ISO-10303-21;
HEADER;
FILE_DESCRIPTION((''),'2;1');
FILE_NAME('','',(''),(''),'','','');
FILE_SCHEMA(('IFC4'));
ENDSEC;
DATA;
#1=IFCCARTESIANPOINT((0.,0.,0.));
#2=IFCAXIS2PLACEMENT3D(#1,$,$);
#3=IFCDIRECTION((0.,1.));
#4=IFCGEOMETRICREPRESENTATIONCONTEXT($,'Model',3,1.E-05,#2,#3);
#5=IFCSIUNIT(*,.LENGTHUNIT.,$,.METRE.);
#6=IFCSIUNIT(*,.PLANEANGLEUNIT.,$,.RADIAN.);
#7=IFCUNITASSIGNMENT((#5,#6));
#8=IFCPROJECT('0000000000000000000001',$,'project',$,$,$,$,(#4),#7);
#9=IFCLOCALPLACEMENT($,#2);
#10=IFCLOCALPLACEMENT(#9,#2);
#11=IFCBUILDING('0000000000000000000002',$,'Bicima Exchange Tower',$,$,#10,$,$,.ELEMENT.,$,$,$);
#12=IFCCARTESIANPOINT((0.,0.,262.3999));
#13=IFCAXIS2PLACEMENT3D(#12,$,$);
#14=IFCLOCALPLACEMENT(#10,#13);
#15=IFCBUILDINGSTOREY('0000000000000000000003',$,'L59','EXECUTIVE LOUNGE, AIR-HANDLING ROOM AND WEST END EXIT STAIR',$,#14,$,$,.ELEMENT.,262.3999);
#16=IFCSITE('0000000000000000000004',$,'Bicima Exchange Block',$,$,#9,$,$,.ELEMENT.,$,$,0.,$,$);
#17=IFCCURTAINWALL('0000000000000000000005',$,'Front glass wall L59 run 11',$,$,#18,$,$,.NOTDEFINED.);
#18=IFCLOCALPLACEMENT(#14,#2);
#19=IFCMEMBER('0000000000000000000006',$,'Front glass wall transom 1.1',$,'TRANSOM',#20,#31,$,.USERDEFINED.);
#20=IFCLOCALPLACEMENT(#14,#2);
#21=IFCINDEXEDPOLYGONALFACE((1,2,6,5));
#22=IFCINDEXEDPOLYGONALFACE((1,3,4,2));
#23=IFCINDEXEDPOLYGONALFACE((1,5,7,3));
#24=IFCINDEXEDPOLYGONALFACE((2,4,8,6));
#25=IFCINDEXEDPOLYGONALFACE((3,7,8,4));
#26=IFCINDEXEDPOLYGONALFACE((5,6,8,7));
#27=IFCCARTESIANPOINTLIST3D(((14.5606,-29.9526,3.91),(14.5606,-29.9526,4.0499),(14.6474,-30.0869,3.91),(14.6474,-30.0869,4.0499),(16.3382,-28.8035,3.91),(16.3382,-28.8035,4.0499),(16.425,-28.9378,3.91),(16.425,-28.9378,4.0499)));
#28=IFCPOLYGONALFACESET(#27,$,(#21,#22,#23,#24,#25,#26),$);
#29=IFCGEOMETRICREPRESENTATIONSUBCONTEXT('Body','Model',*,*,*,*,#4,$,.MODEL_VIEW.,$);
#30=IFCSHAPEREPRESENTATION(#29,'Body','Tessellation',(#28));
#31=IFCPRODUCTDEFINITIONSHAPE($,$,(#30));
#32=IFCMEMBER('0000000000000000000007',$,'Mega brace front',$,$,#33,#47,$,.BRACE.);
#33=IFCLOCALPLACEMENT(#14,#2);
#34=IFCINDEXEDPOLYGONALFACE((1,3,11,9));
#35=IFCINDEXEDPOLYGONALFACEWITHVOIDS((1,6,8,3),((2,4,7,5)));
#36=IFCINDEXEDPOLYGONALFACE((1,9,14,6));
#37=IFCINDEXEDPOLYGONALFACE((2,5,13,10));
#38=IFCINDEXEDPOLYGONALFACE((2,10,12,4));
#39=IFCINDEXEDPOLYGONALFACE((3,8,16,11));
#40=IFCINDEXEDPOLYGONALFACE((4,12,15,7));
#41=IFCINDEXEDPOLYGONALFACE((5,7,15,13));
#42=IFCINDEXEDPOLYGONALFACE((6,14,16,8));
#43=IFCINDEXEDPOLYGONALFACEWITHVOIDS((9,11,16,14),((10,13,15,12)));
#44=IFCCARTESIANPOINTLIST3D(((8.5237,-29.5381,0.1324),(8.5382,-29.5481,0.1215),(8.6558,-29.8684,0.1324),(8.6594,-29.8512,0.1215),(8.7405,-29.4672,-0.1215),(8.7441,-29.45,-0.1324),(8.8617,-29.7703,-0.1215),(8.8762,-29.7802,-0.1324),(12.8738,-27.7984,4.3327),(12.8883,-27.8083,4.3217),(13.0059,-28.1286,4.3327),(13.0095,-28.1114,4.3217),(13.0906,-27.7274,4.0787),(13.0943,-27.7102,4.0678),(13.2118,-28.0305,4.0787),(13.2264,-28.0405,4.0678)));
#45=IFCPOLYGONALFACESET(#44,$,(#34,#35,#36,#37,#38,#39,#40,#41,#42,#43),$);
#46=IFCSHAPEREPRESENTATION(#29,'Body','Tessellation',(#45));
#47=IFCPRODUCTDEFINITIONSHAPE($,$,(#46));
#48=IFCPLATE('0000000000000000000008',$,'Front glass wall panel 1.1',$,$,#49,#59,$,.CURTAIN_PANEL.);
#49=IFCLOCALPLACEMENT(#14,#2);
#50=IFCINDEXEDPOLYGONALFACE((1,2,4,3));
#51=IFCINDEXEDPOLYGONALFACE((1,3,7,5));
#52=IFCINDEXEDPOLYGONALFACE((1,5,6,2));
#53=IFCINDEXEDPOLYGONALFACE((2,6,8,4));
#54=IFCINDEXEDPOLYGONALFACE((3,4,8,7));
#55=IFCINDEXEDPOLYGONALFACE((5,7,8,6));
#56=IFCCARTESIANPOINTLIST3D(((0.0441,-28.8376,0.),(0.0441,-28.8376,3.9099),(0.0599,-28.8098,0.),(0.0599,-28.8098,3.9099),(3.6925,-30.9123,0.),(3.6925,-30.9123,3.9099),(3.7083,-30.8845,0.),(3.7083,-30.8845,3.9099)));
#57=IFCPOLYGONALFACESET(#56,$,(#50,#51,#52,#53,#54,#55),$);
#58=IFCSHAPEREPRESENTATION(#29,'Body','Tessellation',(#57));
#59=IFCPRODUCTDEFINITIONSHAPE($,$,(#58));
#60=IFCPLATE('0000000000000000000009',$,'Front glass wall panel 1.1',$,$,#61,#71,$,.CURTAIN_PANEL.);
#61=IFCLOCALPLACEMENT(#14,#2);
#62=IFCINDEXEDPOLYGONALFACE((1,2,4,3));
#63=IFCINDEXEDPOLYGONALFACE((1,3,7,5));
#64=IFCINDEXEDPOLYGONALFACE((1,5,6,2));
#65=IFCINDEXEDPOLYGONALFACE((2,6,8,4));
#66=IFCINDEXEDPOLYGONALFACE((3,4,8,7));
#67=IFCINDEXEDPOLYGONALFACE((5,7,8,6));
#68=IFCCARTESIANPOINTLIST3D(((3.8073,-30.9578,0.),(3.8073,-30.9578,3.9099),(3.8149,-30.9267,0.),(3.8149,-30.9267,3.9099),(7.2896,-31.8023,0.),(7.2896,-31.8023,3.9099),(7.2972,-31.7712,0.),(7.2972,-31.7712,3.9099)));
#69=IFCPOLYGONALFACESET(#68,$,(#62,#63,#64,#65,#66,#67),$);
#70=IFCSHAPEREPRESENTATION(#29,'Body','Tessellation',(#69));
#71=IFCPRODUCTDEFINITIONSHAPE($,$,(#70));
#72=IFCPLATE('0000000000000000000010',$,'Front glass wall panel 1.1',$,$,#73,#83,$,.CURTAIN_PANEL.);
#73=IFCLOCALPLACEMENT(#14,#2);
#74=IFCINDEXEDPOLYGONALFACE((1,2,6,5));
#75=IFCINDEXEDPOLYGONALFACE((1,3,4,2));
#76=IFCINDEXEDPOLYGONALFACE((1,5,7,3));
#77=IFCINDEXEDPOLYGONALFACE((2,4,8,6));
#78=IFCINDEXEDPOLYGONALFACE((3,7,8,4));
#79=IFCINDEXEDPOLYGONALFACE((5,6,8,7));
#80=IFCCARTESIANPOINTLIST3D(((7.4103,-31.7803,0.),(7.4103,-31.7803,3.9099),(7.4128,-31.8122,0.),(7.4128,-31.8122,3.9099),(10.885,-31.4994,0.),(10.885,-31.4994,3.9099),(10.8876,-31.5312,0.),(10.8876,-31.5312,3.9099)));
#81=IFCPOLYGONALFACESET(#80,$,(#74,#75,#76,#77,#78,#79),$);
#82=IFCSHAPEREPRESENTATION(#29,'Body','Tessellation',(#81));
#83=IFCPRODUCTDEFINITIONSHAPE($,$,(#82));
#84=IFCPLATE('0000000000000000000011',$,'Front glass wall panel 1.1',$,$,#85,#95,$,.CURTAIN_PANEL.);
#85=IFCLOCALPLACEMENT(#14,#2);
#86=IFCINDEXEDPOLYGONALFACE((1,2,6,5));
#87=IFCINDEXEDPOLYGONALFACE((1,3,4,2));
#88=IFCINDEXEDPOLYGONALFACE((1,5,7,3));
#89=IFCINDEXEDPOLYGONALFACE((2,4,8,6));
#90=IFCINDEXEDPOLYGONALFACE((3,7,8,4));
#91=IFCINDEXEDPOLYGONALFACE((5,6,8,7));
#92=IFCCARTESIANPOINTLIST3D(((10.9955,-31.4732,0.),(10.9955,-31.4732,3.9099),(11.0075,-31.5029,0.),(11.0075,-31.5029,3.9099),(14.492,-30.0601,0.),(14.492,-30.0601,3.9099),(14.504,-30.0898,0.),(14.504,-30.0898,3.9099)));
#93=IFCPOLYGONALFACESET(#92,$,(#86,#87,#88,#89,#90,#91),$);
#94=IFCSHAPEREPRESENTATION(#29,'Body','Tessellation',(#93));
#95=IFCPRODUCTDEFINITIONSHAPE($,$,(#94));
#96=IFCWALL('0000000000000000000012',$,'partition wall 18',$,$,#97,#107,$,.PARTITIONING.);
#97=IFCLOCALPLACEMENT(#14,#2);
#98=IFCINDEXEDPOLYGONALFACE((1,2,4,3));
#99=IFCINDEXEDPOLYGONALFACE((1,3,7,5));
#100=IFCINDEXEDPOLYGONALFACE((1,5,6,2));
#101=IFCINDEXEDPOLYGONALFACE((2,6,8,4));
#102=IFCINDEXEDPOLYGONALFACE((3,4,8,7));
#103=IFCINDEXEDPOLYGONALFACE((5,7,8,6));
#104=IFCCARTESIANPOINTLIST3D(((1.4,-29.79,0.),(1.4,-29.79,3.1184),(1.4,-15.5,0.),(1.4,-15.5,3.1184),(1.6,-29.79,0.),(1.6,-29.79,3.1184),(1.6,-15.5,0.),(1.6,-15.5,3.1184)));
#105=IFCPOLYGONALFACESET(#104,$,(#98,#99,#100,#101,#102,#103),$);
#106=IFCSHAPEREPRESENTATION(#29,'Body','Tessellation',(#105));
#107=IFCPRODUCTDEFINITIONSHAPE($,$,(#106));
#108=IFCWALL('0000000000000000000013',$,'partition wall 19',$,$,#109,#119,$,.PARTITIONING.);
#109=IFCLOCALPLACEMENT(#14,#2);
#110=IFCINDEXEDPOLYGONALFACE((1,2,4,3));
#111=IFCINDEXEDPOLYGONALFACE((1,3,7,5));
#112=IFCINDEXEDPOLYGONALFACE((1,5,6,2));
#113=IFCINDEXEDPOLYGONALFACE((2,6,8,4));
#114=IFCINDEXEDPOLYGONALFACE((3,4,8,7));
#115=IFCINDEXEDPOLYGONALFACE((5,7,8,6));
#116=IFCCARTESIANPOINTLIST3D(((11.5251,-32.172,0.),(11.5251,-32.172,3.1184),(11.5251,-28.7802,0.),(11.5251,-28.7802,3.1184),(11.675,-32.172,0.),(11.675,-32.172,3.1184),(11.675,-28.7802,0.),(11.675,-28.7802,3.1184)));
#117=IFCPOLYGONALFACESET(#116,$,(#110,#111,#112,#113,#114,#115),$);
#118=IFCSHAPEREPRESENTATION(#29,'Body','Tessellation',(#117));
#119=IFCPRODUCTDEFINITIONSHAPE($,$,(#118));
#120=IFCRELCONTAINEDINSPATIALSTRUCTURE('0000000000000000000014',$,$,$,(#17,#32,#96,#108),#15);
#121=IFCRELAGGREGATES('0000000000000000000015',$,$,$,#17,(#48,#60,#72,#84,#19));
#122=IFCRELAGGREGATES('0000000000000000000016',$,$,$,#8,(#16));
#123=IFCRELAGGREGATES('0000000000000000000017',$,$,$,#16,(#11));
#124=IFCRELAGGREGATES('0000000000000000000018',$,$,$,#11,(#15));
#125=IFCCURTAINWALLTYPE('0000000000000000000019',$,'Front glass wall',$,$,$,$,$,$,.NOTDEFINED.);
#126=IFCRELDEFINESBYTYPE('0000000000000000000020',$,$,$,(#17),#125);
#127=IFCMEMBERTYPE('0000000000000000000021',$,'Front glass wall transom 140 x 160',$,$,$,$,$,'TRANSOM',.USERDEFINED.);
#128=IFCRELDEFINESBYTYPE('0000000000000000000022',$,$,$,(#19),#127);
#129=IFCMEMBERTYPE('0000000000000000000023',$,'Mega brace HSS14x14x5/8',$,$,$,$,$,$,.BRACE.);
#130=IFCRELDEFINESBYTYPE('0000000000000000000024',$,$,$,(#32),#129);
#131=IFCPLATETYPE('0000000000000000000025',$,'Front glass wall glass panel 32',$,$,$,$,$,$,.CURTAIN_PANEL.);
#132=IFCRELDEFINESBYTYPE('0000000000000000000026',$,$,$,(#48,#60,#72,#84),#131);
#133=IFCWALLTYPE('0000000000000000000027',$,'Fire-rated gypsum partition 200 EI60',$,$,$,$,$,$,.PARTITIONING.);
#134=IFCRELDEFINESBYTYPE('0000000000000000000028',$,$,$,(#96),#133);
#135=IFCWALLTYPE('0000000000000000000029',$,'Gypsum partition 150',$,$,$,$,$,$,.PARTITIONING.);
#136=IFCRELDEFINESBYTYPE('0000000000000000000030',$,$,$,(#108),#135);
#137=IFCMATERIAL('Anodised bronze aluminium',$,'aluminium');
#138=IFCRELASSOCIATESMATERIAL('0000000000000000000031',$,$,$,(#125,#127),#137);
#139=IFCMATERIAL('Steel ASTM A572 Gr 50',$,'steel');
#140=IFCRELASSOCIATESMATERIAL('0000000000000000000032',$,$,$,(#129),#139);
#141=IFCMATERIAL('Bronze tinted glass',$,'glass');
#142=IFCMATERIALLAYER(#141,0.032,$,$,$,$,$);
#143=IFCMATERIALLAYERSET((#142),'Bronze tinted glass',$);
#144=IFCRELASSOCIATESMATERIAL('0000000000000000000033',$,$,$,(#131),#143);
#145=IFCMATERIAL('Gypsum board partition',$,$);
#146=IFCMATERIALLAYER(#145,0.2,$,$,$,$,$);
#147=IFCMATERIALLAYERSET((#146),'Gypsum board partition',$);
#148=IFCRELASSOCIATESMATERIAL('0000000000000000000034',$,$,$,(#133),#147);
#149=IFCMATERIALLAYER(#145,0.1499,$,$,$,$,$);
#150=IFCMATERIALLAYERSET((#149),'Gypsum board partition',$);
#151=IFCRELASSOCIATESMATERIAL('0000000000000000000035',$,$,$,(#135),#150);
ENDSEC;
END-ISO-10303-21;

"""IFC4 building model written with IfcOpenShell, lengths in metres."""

from ifc_helpers import new_model, si_unit, direction, frame, frame_2d, origin, origin_2d, place, context, subcontext, project, spatial, rectangle, hollow_rectangle, extrude, material, layer, layer_set, material_profile, profile_set, type_object, element, aggregate, save


model = new_model("IFC4")

# Units and contexts
model_context = context("Model", 3, precision=1e-05, world=origin(), true_north=direction((0.0, 1.0)))
body_context = subcontext(model_context, "Body", "Model", "MODEL_VIEW")
ifc_project = project(units=[si_unit("LENGTHUNIT", "METRE"), si_unit("PLANEANGLEUNIT", "RADIAN")], contexts=[model_context])

# Site, building, storey
site_placement = place(None, origin())
site = spatial("IfcSite", under=ifc_project, at=site_placement, Name="Bicima Exchange Block", CompositionType="ELEMENT", RefElevation=0.0)
building_placement = place(site_placement, origin())
building = spatial("IfcBuilding", under=site, at=building_placement, Name="Bicima Exchange Tower", CompositionType="ELEMENT")
storey_placement = place(building_placement, frame((0.0, 0.0, 262.3999)))
storey = spatial("IfcBuildingStorey", under=building, at=storey_placement, Name="L59", Description="EXECUTIVE LOUNGE, AIR-HANDLING ROOM AND WEST END EXIT STAIR", CompositionType="ELEMENT", Elevation=262.3999)

# Shared definitions
ifc_material_1 = material(Name="Steel ASTM A572 Gr 50", Category="steel")

# Curtain wall, member
ifc_material_2 = material(Name="Anodised bronze aluminium", Category="aluminium")
curtain_wall_type = type_object("IfcCurtainWallType", Name="Front glass wall", PredefinedType="NOTDEFINED", material=ifc_material_2)
curtain_wall_placement = place(storey_placement, origin())
curtain_wall = element("IfcCurtainWall", 1, at=curtain_wall_placement, inside=storey, type_object=curtain_wall_type, Name="Front glass wall L59 run 11", PredefinedType="NOTDEFINED")
ifc_material_profile_1 = material_profile(ifc_material_2, rectangle(XDim=0.1599, YDim=0.1399, at=origin_2d()))
ifc_profile_set_1 = profile_set([ifc_material_profile_1], Name="Anodised bronze aluminium")
member_type_1 = type_object("IfcMemberType", Name="Front glass wall transom 140 x 160", ElementType="TRANSOM", PredefinedType="USERDEFINED", material=ifc_profile_set_1)
member_1_placement = place(storey_placement, frame((14.604, -30.0198, 3.98), z_axis=(0.839793, 0.542907, 0.0), x_axis=(-0.542907, 0.839793, 0.0)))
member_1 = element("IfcMember", 2, at=member_1_placement, type_object=member_type_1, Name="Front glass wall transom 1.1", ObjectType="TRANSOM", PredefinedType="USERDEFINED", context=body_context, shape_type="SweptSolid", body=[
    extrude(rectangle(XDim=0.1599, YDim=0.1399, at=origin_2d()), origin(), (0.0, 0.0, 1.0), 2.1167),
])

# Member
ifc_material_profile_2 = material_profile(ifc_material_1, hollow_rectangle(XDim=0.3557, YDim=0.3557, WallThickness=0.0146, at=origin_2d()))
ifc_profile_set_2 = profile_set([ifc_material_profile_2], Name="Steel ASTM A572 Gr 50")
member_type_2 = type_object("IfcMemberType", Name="Mega brace HSS14x14x5/8", PredefinedType="BRACE", material=ifc_profile_set_2)
member_2_placement = place(storey_placement, frame((8.7, -29.6592, 0.0), z_axis=(0.691348, 0.276493, 0.667525), x_axis=(-0.371337, 0.928498, 0.0)))
element("IfcMember", 3, at=member_2_placement, inside=storey, type_object=member_type_2, Name="Mega brace front", PredefinedType="BRACE", context=body_context, shape_type="SweptSolid", body=[
    extrude(hollow_rectangle(XDim=0.3557, YDim=0.3557, WallThickness=0.0146, at=origin_2d()), origin(), (0.0, 0.0, 1.0), 6.2922),
])

# Plates
ifc_material_3 = material(Name="Bronze tinted glass", Category="glass")
ifc_layer_1 = layer(ifc_material_3, 0.032)
ifc_layer_set_1 = layer_set([ifc_layer_1], Name="Bronze tinted glass")
plate_type = type_object("IfcPlateType", Name="Front glass wall glass panel 32", PredefinedType="CURTAIN_PANEL", material=ifc_layer_set_1)
plate_1_placement = place(storey_placement, frame((1.8762, -29.8611, 0.0), z_axis=(0.0, 0.0, 1.0), x_axis=(0.869274, -0.49433, 0.0)))
plate_1 = element("IfcPlate", 4, at=plate_1_placement, type_object=plate_type, Name="Front glass wall panel 1.1", PredefinedType="CURTAIN_PANEL", context=body_context, shape_type="SweptSolid", body=[
    extrude(rectangle(XDim=4.197, YDim=0.032, at=origin_2d()), origin(), (0.0, 0.0, 1.0), 3.9099),
])
plate_2_placement = place(storey_placement, frame((5.5522, -31.3645, 0.0), z_axis=(0.0, 0.0, 1.0), x_axis=(0.97183, -0.235682, 0.0)))
plate_2 = element("IfcPlate", 5, at=plate_2_placement, type_object=plate_type, Name="Front glass wall panel 1.1", PredefinedType="CURTAIN_PANEL", context=body_context, shape_type="SweptSolid", body=[
    extrude(rectangle(XDim=3.5833, YDim=0.032, at=origin_2d()), origin(), (0.0, 0.0, 1.0), 3.9099),
])
plate_3_placement = place(storey_placement, frame((9.1489, -31.6558, 0.0), z_axis=(0.0, 0.0, 1.0), x_axis=(0.996747, 0.080589, 0.0)))
plate_3 = element("IfcPlate", 6, at=plate_3_placement, type_object=plate_type, Name="Front glass wall panel 1.1", PredefinedType="CURTAIN_PANEL", context=body_context, shape_type="SweptSolid", body=[
    extrude(rectangle(XDim=3.4861, YDim=0.032, at=origin_2d()), origin(), (0.0, 0.0, 1.0), 3.9099),
])
plate_4_placement = place(storey_placement, frame((12.7498, -30.7815, 0.0), z_axis=(0.0, 0.0, 1.0), x_axis=(0.927144, 0.374705, 0.0)))
plate_4 = element("IfcPlate", 7, at=plate_4_placement, type_object=plate_type, Name="Front glass wall panel 1.1", PredefinedType="CURTAIN_PANEL", context=body_context, shape_type="SweptSolid", body=[
    extrude(rectangle(XDim=3.7712, YDim=0.032, at=origin_2d()), origin(), (0.0, 0.0, 1.0), 3.9099),
])
aggregate(curtain_wall, [plate_1, plate_2, plate_3, plate_4, member_1])

# Walls
ifc_material_4 = material(Name="Gypsum board partition")
ifc_layer_2 = layer(ifc_material_4, 0.2)
ifc_layer_set_2 = layer_set([ifc_layer_2], Name="Gypsum board partition")
wall_type_1 = type_object("IfcWallType", Name="Fire-rated gypsum partition 200 EI60", PredefinedType="PARTITIONING", material=ifc_layer_set_2)
wall_1_placement = place(storey_placement, frame((1.5, -29.79, 0.0), z_axis=(0.0, 0.0, 1.0), x_axis=(0.0, 1.0, 0.0)))
element("IfcWall", 8, at=wall_1_placement, inside=storey, type_object=wall_type_1, Name="partition wall 18", PredefinedType="PARTITIONING", context=body_context, shape_type="SweptSolid", body=[
    extrude(rectangle(XDim=14.29, YDim=0.2, at=frame_2d((7.145, 0.0))), origin(), (0.0, 0.0, 1.0), 3.1184),
])
ifc_layer_3 = layer(ifc_material_4, 0.1499)
ifc_layer_set_3 = layer_set([ifc_layer_3], Name="Gypsum board partition")
wall_type_2 = type_object("IfcWallType", Name="Gypsum partition 150", PredefinedType="PARTITIONING", material=ifc_layer_set_3)
wall_2_placement = place(storey_placement, frame((11.6001, -32.1719, 0.0), z_axis=(0.0, 0.0, 1.0), x_axis=(0.0, 1.0, 0.0)))
element("IfcWall", 9, at=wall_2_placement, inside=storey, type_object=wall_type_2, Name="partition wall 19", PredefinedType="PARTITIONING", context=body_context, shape_type="SweptSolid", body=[
    extrude(rectangle(XDim=3.3918, YDim=0.1499, at=frame_2d((1.6958, 0.0))), origin(), (0.0, 0.0, 1.0), 3.1184),
])

save(model, "model.ifc")
